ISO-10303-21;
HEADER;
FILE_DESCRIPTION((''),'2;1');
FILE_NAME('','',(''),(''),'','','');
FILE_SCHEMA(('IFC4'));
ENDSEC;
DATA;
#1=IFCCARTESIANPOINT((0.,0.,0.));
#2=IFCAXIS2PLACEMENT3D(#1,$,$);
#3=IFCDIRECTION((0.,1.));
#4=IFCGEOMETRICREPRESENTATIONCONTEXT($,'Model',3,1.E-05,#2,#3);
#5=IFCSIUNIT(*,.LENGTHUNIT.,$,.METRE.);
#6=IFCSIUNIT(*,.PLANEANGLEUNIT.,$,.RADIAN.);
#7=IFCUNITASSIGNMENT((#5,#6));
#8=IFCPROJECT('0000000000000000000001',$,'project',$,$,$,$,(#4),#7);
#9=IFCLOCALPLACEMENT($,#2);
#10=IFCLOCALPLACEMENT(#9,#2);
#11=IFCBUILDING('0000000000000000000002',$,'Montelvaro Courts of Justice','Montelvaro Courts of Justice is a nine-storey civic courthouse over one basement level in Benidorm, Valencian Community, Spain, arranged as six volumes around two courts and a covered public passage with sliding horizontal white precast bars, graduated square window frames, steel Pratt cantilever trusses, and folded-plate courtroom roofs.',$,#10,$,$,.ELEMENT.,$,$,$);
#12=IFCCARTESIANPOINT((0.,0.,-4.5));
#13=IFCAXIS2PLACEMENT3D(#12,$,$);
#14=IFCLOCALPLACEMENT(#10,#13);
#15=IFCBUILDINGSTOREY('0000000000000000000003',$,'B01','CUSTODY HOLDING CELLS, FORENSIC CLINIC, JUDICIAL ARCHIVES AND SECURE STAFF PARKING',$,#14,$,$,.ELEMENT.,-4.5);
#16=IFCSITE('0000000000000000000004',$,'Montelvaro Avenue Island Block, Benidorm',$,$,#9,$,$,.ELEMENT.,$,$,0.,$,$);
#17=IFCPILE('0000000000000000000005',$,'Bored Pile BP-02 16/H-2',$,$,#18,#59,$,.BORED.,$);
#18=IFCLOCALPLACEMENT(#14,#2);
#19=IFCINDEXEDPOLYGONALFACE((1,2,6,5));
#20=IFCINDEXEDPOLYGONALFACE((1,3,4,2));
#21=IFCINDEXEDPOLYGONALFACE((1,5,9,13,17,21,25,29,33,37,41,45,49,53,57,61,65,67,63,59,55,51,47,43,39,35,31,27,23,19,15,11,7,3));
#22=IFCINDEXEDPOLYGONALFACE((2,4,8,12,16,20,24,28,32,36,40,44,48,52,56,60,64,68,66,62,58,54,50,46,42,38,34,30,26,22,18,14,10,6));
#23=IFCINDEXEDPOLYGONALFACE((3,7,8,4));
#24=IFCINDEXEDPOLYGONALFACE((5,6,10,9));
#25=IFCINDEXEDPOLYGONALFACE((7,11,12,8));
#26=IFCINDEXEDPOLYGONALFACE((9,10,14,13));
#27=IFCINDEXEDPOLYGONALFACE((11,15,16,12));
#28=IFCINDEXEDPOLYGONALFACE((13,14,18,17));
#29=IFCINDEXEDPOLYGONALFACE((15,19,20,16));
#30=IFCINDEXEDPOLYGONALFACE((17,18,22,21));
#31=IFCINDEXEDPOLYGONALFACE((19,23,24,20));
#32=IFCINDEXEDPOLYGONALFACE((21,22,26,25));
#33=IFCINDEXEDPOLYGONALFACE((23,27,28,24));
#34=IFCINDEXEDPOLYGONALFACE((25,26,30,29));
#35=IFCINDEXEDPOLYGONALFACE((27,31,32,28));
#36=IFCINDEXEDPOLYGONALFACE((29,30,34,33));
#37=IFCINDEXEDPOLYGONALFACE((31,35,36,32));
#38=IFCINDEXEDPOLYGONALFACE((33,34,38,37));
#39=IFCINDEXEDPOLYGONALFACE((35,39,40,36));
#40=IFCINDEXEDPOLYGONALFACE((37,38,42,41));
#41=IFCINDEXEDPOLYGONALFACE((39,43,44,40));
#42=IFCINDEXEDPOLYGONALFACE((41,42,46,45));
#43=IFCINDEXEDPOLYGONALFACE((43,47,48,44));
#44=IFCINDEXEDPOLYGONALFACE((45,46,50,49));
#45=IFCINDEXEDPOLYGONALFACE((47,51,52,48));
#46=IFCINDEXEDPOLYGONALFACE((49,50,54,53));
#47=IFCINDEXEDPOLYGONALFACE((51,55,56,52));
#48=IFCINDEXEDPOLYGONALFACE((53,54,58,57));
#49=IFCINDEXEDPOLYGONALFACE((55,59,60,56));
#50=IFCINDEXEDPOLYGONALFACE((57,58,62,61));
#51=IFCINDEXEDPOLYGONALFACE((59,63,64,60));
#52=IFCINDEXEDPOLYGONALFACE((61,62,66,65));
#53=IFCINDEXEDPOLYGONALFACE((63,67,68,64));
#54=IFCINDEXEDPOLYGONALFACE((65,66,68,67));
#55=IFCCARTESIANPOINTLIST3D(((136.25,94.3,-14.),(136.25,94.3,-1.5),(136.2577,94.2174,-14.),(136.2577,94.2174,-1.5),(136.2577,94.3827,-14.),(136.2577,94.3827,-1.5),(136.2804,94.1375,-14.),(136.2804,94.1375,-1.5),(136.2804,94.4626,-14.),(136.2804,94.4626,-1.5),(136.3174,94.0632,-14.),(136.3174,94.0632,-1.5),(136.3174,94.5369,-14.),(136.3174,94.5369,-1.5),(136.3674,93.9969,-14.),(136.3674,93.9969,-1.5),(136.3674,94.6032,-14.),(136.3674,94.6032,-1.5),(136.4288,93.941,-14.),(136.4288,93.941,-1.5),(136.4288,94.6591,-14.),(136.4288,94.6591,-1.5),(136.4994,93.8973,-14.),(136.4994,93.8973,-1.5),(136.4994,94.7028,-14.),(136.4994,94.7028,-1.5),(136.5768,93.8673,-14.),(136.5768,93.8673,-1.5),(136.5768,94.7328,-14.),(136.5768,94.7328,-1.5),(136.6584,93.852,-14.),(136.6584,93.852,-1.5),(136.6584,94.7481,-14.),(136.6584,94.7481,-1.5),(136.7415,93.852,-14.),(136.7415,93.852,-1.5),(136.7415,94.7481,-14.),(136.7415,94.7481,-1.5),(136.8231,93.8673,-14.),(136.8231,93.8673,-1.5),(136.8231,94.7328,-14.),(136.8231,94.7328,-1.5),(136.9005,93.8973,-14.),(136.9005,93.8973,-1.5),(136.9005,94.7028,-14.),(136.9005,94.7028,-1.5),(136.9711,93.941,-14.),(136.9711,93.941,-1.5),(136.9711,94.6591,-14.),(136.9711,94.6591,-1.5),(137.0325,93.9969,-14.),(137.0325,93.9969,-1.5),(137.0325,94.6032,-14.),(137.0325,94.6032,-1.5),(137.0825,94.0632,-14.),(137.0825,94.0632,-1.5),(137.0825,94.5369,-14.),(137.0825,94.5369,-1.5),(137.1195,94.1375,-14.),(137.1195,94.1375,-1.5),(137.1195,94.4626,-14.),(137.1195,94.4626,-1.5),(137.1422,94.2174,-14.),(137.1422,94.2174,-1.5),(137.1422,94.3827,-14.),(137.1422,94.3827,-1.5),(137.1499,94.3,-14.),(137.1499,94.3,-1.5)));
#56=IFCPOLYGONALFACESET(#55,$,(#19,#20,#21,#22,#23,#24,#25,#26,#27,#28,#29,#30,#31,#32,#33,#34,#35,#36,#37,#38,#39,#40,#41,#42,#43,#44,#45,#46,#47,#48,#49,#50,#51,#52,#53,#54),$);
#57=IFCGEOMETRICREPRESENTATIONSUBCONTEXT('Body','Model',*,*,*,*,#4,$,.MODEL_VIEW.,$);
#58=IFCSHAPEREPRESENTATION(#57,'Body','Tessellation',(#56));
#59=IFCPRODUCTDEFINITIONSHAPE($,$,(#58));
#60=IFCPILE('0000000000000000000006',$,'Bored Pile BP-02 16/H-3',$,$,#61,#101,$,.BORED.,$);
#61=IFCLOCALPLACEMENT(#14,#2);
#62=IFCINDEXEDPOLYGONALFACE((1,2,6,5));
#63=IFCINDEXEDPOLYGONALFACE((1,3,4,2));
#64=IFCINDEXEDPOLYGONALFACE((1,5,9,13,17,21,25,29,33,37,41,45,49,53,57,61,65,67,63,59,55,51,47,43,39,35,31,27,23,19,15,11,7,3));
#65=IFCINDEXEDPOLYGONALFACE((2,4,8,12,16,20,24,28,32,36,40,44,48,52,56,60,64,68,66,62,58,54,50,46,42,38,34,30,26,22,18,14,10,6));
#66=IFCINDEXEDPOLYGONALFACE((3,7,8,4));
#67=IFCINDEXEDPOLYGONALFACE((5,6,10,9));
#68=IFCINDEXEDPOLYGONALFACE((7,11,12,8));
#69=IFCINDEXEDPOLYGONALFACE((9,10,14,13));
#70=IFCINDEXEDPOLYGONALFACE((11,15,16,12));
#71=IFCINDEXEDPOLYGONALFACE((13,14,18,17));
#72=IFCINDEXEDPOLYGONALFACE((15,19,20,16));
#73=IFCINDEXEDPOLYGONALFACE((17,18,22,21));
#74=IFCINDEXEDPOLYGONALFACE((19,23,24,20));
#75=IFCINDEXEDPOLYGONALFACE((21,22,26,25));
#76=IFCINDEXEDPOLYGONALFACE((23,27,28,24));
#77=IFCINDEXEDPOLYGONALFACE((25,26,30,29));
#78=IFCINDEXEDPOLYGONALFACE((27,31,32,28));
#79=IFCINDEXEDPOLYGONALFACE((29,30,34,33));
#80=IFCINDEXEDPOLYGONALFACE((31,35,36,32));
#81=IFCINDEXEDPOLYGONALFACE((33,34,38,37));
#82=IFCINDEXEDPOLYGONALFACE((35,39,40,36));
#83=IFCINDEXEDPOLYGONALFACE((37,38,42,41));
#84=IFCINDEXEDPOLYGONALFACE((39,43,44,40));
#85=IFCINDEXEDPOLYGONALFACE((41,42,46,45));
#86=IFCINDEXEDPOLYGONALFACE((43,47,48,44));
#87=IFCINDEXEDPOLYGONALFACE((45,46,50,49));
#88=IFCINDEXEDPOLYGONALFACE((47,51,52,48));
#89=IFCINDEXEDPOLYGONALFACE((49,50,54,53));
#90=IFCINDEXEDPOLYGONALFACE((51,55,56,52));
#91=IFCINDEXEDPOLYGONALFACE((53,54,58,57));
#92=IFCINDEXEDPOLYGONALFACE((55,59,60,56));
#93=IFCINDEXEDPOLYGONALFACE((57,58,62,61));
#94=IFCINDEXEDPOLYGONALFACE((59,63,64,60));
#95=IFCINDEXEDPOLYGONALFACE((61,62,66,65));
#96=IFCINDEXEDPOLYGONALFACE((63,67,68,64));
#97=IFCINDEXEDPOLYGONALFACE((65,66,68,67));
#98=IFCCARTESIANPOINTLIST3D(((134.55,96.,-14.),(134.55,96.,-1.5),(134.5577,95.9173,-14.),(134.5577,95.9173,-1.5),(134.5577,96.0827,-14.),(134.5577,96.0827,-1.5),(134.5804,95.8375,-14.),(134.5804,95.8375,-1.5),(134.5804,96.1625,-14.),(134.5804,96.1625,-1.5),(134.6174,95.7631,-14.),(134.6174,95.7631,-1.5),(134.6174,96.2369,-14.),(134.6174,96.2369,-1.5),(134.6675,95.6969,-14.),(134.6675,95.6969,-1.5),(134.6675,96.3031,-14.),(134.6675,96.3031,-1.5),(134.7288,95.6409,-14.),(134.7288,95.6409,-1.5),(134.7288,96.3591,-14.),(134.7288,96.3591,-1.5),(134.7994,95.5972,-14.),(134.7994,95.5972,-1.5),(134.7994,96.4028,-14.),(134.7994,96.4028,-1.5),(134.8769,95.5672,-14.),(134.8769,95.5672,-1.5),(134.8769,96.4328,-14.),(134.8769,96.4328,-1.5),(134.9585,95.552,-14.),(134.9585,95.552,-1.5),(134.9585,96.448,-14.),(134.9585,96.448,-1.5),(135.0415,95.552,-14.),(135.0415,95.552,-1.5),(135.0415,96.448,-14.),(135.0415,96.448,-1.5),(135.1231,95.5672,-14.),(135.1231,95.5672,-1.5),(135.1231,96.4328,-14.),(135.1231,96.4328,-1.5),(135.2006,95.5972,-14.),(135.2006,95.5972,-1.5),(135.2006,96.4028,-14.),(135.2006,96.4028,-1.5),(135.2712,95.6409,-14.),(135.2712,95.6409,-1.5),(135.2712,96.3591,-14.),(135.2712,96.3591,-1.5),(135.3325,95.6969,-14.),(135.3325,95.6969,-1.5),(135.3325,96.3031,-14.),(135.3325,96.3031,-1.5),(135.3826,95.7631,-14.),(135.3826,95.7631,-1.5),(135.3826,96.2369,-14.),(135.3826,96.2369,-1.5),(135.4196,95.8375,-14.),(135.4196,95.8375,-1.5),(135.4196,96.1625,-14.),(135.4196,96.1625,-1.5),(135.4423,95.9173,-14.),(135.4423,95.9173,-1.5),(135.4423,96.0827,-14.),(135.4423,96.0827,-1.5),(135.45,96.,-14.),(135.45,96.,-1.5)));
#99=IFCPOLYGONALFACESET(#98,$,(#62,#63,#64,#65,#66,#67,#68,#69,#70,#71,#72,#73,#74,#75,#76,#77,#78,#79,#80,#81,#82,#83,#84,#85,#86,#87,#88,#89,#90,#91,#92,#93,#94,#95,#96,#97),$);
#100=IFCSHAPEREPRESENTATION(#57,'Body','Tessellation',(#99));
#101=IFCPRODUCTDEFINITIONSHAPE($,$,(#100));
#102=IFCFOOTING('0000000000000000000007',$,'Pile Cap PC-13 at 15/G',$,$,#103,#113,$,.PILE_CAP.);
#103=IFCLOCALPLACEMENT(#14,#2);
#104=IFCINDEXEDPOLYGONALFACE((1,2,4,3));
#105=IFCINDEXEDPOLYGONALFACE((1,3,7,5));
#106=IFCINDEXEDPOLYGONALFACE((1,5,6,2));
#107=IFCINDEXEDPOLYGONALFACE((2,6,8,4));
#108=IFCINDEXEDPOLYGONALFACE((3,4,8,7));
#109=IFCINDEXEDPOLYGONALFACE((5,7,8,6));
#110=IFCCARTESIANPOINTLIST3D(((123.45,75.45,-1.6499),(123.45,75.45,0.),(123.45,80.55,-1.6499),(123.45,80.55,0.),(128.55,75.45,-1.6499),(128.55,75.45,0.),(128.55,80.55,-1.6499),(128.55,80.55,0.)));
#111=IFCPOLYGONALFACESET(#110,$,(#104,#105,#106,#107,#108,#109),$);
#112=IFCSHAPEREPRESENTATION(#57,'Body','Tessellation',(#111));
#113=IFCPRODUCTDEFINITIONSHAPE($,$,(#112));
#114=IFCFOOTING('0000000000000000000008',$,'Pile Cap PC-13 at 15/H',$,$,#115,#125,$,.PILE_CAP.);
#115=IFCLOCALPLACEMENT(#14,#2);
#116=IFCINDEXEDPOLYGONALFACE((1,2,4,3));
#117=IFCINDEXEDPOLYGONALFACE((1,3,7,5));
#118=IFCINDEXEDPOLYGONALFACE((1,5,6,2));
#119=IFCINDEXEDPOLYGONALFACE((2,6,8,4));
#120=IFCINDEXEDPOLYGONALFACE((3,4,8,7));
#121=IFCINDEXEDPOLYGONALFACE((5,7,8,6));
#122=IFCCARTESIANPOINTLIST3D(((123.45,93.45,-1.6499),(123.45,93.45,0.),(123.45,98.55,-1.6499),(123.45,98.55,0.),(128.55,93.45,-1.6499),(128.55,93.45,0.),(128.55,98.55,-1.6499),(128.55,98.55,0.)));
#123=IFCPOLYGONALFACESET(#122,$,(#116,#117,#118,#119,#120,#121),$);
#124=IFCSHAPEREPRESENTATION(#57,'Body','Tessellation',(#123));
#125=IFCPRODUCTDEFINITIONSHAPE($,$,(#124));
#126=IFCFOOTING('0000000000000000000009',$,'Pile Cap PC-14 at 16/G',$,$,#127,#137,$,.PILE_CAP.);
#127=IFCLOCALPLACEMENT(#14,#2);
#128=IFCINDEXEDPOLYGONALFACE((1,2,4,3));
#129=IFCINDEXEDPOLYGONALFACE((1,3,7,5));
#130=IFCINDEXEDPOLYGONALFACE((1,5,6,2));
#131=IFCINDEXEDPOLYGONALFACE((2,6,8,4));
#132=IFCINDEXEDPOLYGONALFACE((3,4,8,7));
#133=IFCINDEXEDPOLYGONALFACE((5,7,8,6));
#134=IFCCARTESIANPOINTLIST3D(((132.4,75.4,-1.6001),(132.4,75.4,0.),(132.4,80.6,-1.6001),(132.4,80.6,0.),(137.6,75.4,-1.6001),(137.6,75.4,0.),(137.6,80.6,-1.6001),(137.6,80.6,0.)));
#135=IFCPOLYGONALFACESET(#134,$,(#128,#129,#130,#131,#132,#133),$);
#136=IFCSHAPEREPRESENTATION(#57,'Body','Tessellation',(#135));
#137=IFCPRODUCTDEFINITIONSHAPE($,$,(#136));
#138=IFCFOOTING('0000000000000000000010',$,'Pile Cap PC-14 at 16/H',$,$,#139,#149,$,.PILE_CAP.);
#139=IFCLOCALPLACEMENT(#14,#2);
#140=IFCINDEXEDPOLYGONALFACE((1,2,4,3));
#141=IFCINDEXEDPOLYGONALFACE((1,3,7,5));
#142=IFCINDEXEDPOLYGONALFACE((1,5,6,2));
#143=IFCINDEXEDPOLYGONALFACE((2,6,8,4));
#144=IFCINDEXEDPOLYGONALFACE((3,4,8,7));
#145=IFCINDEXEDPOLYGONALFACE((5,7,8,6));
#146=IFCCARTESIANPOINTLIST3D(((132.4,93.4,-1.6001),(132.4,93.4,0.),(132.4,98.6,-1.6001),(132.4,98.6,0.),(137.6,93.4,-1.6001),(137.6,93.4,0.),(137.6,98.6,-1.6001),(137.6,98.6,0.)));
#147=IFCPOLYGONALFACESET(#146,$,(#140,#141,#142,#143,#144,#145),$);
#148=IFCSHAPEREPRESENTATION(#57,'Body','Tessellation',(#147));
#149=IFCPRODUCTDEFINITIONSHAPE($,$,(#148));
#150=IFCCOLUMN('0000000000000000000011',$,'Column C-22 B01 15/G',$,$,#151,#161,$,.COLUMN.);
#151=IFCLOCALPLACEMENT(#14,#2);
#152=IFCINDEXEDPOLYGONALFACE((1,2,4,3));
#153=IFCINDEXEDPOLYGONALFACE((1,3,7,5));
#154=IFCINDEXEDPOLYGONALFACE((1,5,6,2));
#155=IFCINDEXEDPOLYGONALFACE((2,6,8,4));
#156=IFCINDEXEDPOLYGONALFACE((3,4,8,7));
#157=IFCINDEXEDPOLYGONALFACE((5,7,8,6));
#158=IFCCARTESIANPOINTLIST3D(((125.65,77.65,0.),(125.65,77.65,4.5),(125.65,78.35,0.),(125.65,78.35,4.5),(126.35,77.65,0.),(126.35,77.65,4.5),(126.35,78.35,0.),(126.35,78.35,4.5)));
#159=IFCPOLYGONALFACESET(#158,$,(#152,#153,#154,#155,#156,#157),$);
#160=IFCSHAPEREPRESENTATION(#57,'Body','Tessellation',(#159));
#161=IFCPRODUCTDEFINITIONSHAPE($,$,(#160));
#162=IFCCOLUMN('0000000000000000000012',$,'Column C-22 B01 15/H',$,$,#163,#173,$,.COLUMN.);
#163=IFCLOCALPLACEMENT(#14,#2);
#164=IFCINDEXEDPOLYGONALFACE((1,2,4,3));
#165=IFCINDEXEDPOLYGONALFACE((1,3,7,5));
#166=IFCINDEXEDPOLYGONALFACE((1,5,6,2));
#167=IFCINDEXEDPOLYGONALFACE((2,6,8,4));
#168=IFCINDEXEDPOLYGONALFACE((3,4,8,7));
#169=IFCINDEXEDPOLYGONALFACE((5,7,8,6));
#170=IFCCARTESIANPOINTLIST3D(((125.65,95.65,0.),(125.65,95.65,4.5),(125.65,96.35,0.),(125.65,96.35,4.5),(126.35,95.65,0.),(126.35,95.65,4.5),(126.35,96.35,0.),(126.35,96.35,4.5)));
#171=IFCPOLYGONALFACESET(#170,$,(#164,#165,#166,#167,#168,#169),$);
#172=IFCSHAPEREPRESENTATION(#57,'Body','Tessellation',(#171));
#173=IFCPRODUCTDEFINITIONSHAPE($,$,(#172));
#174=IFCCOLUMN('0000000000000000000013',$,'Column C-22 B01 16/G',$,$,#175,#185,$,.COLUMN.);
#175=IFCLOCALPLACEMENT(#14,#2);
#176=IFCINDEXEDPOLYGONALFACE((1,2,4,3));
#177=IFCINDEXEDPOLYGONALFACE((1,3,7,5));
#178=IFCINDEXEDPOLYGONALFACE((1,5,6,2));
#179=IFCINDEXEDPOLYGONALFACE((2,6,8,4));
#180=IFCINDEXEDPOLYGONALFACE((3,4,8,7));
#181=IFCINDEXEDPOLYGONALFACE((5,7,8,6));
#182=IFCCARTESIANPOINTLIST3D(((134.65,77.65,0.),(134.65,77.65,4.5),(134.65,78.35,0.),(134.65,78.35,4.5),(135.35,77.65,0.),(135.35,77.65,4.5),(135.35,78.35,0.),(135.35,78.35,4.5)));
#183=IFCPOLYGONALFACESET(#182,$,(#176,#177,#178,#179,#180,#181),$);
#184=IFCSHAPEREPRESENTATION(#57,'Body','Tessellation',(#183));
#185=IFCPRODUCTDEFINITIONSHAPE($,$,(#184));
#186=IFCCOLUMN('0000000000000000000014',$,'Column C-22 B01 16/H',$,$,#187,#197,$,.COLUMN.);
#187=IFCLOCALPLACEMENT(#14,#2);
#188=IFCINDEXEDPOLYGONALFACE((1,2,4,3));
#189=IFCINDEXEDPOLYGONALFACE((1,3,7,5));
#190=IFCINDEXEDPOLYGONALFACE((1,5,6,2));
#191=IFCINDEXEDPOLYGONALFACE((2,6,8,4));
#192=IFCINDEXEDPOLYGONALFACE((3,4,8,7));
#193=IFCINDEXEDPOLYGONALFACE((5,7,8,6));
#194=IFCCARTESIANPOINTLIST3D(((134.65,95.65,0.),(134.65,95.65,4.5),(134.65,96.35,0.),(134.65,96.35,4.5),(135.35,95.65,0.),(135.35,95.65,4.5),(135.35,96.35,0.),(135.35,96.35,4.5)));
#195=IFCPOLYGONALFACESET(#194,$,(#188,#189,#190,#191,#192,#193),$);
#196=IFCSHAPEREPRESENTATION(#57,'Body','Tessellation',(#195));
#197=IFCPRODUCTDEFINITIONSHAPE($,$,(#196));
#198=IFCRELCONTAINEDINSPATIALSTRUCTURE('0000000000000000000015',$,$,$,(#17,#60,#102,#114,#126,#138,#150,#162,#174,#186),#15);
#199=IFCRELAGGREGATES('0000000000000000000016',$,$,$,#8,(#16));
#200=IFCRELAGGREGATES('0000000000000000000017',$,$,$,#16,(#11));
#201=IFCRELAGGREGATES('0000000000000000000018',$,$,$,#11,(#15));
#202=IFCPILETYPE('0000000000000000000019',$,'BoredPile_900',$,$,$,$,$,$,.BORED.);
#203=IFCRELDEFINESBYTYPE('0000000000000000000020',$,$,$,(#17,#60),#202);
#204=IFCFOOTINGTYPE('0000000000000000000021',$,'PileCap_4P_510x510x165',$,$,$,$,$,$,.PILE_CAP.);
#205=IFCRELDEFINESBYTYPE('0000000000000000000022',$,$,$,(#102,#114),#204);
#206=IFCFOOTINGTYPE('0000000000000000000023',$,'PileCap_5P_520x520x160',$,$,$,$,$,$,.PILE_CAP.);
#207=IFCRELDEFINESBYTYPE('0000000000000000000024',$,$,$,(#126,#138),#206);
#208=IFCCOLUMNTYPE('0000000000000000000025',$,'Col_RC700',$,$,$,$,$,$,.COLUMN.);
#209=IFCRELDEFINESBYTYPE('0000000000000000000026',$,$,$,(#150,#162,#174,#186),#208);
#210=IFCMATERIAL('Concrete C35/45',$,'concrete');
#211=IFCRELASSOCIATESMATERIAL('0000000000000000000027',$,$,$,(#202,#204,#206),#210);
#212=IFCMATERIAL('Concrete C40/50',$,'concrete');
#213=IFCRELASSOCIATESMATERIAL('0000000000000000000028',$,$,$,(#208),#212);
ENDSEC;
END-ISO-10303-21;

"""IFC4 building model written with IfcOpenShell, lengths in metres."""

from ifc_helpers import new_model, si_unit, direction, frame, origin, origin_2d, place, context, subcontext, project, spatial, rectangle, circle, extrude, material, material_profile, profile_set, type_object, element, save


model = new_model("IFC4")

# Units and contexts
model_context = context("Model", 3, precision=1e-05, world=origin(), true_north=direction((0.0, 1.0)))
body_context = subcontext(model_context, "Body", "Model", "MODEL_VIEW")
ifc_project = project(units=[si_unit("LENGTHUNIT", "METRE"), si_unit("PLANEANGLEUNIT", "RADIAN")], contexts=[model_context])

# Site, building, storey
site_placement = place(None, origin())
site = spatial("IfcSite", under=ifc_project, at=site_placement, Name="Montelvaro Avenue Island Block, Benidorm", CompositionType="ELEMENT", RefElevation=0.0)
building_placement = place(site_placement, origin())
building = spatial("IfcBuilding", under=site, at=building_placement, Name="Montelvaro Courts of Justice", Description="Montelvaro Courts of Justice is a nine-storey civic courthouse over one basement level in Benidorm, Valencian Community, Spain, arranged as six volumes around two courts and a covered public passage with sliding horizontal white precast bars, graduated square window frames, steel Pratt cantilever trusses, and folded-plate courtroom roofs.", CompositionType="ELEMENT")
storey_placement = place(building_placement, frame((0.0, 0.0, -4.5)))
storey = spatial("IfcBuildingStorey", under=building, at=storey_placement, Name="B01", Description="CUSTODY HOLDING CELLS, FORENSIC CLINIC, JUDICIAL ARCHIVES AND SECURE STAFF PARKING", CompositionType="ELEMENT", Elevation=-4.5)

# Piles
ifc_material_1 = material(Name="Concrete C35/45", Category="concrete")
ifc_material_profile_1 = material_profile(ifc_material_1, circle(Radius=0.45, at=origin_2d()), Name="BORED PILE D900")
ifc_profile_set_1 = profile_set([ifc_material_profile_1], Name="Concrete C35/45")
pile_type_1 = type_object("IfcPileType", Name="BoredPile_900", PredefinedType="BORED", material=ifc_profile_set_1)
for number, where, z_axis, x_axis, name in (
    (1, (136.7, 94.3, -1.5), (0.0, 0.0, -1.0), (1.0, 0.0, 0.0), "Bored Pile BP-02 16/H-2"),
    (2, (135.0, 96.0, -1.5), (0.0, 0.0, -1.0), (1.0, 0.0, 0.0), "Bored Pile BP-02 16/H-3"),
):
    element("IfcPile", number, at=place(storey_placement, frame(where, z_axis=z_axis, x_axis=x_axis)), inside=storey, type_object=pile_type_1, Name=name, PredefinedType="BORED", context=body_context, shape_type="SweptSolid", body=[
        extrude(circle(Radius=0.45, at=origin_2d()), origin(), (0.0, 0.0, 1.0), 12.5),
    ])

# Footings
footing_type_1 = type_object("IfcFootingType", Name="PileCap_4P_510x510x165", PredefinedType="PILE_CAP", material=ifc_material_1)
for number, where, z_axis, x_axis, name in (
    (3, (126.0, 78.0, -1.6499), (0.0, 0.0, 1.0), (1.0, 0.0, 0.0), "Pile Cap PC-13 at 15/G"),
    (4, (126.0, 96.0, -1.6499), (0.0, 0.0, 1.0), (1.0, 0.0, 0.0), "Pile Cap PC-13 at 15/H"),
):
    element("IfcFooting", number, at=place(storey_placement, frame(where, z_axis=z_axis, x_axis=x_axis)), inside=storey, type_object=footing_type_1, Name=name, PredefinedType="PILE_CAP", context=body_context, shape_type="SweptSolid", body=[
        extrude(rectangle(XDim=5.1001, YDim=5.1001, at=origin_2d()), origin(), (0.0, 0.0, 1.0), 1.6499),
    ])
footing_type_2 = type_object("IfcFootingType", Name="PileCap_5P_520x520x160", PredefinedType="PILE_CAP", material=ifc_material_1)
for number, where, z_axis, x_axis, name in (
    (5, (135.0, 78.0, -1.6001), (0.0, 0.0, 1.0), (1.0, 0.0, 0.0), "Pile Cap PC-14 at 16/G"),
    (6, (135.0, 96.0, -1.6001), (0.0, 0.0, 1.0), (1.0, 0.0, 0.0), "Pile Cap PC-14 at 16/H"),
):
    element("IfcFooting", number, at=place(storey_placement, frame(where, z_axis=z_axis, x_axis=x_axis)), inside=storey, type_object=footing_type_2, Name=name, PredefinedType="PILE_CAP", context=body_context, shape_type="SweptSolid", body=[
        extrude(rectangle(XDim=5.2, YDim=5.2, at=origin_2d()), origin(), (0.0, 0.0, 1.0), 1.6001),
    ])

# Columns
ifc_material_2 = material(Name="Concrete C40/50", Category="concrete")
ifc_material_profile_2 = material_profile(ifc_material_2, rectangle(XDim=0.7, YDim=0.7, at=origin_2d()), Name="RC 700x700")
ifc_profile_set_2 = profile_set([ifc_material_profile_2], Name="Concrete C40/50")
column_type = type_object("IfcColumnType", Name="Col_RC700", PredefinedType="COLUMN", material=ifc_profile_set_2)
for number, where, z_axis, x_axis, name in (
    (7, (126.0, 78.0, 0.0), (0.0, 0.0, 1.0), (1.0, 0.0, 0.0), "Column C-22 B01 15/G"),
    (8, (126.0, 96.0, 0.0), (0.0, 0.0, 1.0), (1.0, 0.0, 0.0), "Column C-22 B01 15/H"),
    (9, (135.0, 78.0, 0.0), (0.0, 0.0, 1.0), (1.0, 0.0, 0.0), "Column C-22 B01 16/G"),
    (10, (135.0, 96.0, 0.0), (0.0, 0.0, 1.0), (1.0, 0.0, 0.0), "Column C-22 B01 16/H"),
):
    element("IfcColumn", number, at=place(storey_placement, frame(where, z_axis=z_axis, x_axis=x_axis)), inside=storey, type_object=column_type, Name=name, PredefinedType="COLUMN", context=body_context, shape_type="SweptSolid", body=[
        extrude(rectangle(XDim=0.7, YDim=0.7, at=origin_2d()), origin(), (0.0, 0.0, 1.0), 4.5),
    ])

save(model, "model.ifc")
